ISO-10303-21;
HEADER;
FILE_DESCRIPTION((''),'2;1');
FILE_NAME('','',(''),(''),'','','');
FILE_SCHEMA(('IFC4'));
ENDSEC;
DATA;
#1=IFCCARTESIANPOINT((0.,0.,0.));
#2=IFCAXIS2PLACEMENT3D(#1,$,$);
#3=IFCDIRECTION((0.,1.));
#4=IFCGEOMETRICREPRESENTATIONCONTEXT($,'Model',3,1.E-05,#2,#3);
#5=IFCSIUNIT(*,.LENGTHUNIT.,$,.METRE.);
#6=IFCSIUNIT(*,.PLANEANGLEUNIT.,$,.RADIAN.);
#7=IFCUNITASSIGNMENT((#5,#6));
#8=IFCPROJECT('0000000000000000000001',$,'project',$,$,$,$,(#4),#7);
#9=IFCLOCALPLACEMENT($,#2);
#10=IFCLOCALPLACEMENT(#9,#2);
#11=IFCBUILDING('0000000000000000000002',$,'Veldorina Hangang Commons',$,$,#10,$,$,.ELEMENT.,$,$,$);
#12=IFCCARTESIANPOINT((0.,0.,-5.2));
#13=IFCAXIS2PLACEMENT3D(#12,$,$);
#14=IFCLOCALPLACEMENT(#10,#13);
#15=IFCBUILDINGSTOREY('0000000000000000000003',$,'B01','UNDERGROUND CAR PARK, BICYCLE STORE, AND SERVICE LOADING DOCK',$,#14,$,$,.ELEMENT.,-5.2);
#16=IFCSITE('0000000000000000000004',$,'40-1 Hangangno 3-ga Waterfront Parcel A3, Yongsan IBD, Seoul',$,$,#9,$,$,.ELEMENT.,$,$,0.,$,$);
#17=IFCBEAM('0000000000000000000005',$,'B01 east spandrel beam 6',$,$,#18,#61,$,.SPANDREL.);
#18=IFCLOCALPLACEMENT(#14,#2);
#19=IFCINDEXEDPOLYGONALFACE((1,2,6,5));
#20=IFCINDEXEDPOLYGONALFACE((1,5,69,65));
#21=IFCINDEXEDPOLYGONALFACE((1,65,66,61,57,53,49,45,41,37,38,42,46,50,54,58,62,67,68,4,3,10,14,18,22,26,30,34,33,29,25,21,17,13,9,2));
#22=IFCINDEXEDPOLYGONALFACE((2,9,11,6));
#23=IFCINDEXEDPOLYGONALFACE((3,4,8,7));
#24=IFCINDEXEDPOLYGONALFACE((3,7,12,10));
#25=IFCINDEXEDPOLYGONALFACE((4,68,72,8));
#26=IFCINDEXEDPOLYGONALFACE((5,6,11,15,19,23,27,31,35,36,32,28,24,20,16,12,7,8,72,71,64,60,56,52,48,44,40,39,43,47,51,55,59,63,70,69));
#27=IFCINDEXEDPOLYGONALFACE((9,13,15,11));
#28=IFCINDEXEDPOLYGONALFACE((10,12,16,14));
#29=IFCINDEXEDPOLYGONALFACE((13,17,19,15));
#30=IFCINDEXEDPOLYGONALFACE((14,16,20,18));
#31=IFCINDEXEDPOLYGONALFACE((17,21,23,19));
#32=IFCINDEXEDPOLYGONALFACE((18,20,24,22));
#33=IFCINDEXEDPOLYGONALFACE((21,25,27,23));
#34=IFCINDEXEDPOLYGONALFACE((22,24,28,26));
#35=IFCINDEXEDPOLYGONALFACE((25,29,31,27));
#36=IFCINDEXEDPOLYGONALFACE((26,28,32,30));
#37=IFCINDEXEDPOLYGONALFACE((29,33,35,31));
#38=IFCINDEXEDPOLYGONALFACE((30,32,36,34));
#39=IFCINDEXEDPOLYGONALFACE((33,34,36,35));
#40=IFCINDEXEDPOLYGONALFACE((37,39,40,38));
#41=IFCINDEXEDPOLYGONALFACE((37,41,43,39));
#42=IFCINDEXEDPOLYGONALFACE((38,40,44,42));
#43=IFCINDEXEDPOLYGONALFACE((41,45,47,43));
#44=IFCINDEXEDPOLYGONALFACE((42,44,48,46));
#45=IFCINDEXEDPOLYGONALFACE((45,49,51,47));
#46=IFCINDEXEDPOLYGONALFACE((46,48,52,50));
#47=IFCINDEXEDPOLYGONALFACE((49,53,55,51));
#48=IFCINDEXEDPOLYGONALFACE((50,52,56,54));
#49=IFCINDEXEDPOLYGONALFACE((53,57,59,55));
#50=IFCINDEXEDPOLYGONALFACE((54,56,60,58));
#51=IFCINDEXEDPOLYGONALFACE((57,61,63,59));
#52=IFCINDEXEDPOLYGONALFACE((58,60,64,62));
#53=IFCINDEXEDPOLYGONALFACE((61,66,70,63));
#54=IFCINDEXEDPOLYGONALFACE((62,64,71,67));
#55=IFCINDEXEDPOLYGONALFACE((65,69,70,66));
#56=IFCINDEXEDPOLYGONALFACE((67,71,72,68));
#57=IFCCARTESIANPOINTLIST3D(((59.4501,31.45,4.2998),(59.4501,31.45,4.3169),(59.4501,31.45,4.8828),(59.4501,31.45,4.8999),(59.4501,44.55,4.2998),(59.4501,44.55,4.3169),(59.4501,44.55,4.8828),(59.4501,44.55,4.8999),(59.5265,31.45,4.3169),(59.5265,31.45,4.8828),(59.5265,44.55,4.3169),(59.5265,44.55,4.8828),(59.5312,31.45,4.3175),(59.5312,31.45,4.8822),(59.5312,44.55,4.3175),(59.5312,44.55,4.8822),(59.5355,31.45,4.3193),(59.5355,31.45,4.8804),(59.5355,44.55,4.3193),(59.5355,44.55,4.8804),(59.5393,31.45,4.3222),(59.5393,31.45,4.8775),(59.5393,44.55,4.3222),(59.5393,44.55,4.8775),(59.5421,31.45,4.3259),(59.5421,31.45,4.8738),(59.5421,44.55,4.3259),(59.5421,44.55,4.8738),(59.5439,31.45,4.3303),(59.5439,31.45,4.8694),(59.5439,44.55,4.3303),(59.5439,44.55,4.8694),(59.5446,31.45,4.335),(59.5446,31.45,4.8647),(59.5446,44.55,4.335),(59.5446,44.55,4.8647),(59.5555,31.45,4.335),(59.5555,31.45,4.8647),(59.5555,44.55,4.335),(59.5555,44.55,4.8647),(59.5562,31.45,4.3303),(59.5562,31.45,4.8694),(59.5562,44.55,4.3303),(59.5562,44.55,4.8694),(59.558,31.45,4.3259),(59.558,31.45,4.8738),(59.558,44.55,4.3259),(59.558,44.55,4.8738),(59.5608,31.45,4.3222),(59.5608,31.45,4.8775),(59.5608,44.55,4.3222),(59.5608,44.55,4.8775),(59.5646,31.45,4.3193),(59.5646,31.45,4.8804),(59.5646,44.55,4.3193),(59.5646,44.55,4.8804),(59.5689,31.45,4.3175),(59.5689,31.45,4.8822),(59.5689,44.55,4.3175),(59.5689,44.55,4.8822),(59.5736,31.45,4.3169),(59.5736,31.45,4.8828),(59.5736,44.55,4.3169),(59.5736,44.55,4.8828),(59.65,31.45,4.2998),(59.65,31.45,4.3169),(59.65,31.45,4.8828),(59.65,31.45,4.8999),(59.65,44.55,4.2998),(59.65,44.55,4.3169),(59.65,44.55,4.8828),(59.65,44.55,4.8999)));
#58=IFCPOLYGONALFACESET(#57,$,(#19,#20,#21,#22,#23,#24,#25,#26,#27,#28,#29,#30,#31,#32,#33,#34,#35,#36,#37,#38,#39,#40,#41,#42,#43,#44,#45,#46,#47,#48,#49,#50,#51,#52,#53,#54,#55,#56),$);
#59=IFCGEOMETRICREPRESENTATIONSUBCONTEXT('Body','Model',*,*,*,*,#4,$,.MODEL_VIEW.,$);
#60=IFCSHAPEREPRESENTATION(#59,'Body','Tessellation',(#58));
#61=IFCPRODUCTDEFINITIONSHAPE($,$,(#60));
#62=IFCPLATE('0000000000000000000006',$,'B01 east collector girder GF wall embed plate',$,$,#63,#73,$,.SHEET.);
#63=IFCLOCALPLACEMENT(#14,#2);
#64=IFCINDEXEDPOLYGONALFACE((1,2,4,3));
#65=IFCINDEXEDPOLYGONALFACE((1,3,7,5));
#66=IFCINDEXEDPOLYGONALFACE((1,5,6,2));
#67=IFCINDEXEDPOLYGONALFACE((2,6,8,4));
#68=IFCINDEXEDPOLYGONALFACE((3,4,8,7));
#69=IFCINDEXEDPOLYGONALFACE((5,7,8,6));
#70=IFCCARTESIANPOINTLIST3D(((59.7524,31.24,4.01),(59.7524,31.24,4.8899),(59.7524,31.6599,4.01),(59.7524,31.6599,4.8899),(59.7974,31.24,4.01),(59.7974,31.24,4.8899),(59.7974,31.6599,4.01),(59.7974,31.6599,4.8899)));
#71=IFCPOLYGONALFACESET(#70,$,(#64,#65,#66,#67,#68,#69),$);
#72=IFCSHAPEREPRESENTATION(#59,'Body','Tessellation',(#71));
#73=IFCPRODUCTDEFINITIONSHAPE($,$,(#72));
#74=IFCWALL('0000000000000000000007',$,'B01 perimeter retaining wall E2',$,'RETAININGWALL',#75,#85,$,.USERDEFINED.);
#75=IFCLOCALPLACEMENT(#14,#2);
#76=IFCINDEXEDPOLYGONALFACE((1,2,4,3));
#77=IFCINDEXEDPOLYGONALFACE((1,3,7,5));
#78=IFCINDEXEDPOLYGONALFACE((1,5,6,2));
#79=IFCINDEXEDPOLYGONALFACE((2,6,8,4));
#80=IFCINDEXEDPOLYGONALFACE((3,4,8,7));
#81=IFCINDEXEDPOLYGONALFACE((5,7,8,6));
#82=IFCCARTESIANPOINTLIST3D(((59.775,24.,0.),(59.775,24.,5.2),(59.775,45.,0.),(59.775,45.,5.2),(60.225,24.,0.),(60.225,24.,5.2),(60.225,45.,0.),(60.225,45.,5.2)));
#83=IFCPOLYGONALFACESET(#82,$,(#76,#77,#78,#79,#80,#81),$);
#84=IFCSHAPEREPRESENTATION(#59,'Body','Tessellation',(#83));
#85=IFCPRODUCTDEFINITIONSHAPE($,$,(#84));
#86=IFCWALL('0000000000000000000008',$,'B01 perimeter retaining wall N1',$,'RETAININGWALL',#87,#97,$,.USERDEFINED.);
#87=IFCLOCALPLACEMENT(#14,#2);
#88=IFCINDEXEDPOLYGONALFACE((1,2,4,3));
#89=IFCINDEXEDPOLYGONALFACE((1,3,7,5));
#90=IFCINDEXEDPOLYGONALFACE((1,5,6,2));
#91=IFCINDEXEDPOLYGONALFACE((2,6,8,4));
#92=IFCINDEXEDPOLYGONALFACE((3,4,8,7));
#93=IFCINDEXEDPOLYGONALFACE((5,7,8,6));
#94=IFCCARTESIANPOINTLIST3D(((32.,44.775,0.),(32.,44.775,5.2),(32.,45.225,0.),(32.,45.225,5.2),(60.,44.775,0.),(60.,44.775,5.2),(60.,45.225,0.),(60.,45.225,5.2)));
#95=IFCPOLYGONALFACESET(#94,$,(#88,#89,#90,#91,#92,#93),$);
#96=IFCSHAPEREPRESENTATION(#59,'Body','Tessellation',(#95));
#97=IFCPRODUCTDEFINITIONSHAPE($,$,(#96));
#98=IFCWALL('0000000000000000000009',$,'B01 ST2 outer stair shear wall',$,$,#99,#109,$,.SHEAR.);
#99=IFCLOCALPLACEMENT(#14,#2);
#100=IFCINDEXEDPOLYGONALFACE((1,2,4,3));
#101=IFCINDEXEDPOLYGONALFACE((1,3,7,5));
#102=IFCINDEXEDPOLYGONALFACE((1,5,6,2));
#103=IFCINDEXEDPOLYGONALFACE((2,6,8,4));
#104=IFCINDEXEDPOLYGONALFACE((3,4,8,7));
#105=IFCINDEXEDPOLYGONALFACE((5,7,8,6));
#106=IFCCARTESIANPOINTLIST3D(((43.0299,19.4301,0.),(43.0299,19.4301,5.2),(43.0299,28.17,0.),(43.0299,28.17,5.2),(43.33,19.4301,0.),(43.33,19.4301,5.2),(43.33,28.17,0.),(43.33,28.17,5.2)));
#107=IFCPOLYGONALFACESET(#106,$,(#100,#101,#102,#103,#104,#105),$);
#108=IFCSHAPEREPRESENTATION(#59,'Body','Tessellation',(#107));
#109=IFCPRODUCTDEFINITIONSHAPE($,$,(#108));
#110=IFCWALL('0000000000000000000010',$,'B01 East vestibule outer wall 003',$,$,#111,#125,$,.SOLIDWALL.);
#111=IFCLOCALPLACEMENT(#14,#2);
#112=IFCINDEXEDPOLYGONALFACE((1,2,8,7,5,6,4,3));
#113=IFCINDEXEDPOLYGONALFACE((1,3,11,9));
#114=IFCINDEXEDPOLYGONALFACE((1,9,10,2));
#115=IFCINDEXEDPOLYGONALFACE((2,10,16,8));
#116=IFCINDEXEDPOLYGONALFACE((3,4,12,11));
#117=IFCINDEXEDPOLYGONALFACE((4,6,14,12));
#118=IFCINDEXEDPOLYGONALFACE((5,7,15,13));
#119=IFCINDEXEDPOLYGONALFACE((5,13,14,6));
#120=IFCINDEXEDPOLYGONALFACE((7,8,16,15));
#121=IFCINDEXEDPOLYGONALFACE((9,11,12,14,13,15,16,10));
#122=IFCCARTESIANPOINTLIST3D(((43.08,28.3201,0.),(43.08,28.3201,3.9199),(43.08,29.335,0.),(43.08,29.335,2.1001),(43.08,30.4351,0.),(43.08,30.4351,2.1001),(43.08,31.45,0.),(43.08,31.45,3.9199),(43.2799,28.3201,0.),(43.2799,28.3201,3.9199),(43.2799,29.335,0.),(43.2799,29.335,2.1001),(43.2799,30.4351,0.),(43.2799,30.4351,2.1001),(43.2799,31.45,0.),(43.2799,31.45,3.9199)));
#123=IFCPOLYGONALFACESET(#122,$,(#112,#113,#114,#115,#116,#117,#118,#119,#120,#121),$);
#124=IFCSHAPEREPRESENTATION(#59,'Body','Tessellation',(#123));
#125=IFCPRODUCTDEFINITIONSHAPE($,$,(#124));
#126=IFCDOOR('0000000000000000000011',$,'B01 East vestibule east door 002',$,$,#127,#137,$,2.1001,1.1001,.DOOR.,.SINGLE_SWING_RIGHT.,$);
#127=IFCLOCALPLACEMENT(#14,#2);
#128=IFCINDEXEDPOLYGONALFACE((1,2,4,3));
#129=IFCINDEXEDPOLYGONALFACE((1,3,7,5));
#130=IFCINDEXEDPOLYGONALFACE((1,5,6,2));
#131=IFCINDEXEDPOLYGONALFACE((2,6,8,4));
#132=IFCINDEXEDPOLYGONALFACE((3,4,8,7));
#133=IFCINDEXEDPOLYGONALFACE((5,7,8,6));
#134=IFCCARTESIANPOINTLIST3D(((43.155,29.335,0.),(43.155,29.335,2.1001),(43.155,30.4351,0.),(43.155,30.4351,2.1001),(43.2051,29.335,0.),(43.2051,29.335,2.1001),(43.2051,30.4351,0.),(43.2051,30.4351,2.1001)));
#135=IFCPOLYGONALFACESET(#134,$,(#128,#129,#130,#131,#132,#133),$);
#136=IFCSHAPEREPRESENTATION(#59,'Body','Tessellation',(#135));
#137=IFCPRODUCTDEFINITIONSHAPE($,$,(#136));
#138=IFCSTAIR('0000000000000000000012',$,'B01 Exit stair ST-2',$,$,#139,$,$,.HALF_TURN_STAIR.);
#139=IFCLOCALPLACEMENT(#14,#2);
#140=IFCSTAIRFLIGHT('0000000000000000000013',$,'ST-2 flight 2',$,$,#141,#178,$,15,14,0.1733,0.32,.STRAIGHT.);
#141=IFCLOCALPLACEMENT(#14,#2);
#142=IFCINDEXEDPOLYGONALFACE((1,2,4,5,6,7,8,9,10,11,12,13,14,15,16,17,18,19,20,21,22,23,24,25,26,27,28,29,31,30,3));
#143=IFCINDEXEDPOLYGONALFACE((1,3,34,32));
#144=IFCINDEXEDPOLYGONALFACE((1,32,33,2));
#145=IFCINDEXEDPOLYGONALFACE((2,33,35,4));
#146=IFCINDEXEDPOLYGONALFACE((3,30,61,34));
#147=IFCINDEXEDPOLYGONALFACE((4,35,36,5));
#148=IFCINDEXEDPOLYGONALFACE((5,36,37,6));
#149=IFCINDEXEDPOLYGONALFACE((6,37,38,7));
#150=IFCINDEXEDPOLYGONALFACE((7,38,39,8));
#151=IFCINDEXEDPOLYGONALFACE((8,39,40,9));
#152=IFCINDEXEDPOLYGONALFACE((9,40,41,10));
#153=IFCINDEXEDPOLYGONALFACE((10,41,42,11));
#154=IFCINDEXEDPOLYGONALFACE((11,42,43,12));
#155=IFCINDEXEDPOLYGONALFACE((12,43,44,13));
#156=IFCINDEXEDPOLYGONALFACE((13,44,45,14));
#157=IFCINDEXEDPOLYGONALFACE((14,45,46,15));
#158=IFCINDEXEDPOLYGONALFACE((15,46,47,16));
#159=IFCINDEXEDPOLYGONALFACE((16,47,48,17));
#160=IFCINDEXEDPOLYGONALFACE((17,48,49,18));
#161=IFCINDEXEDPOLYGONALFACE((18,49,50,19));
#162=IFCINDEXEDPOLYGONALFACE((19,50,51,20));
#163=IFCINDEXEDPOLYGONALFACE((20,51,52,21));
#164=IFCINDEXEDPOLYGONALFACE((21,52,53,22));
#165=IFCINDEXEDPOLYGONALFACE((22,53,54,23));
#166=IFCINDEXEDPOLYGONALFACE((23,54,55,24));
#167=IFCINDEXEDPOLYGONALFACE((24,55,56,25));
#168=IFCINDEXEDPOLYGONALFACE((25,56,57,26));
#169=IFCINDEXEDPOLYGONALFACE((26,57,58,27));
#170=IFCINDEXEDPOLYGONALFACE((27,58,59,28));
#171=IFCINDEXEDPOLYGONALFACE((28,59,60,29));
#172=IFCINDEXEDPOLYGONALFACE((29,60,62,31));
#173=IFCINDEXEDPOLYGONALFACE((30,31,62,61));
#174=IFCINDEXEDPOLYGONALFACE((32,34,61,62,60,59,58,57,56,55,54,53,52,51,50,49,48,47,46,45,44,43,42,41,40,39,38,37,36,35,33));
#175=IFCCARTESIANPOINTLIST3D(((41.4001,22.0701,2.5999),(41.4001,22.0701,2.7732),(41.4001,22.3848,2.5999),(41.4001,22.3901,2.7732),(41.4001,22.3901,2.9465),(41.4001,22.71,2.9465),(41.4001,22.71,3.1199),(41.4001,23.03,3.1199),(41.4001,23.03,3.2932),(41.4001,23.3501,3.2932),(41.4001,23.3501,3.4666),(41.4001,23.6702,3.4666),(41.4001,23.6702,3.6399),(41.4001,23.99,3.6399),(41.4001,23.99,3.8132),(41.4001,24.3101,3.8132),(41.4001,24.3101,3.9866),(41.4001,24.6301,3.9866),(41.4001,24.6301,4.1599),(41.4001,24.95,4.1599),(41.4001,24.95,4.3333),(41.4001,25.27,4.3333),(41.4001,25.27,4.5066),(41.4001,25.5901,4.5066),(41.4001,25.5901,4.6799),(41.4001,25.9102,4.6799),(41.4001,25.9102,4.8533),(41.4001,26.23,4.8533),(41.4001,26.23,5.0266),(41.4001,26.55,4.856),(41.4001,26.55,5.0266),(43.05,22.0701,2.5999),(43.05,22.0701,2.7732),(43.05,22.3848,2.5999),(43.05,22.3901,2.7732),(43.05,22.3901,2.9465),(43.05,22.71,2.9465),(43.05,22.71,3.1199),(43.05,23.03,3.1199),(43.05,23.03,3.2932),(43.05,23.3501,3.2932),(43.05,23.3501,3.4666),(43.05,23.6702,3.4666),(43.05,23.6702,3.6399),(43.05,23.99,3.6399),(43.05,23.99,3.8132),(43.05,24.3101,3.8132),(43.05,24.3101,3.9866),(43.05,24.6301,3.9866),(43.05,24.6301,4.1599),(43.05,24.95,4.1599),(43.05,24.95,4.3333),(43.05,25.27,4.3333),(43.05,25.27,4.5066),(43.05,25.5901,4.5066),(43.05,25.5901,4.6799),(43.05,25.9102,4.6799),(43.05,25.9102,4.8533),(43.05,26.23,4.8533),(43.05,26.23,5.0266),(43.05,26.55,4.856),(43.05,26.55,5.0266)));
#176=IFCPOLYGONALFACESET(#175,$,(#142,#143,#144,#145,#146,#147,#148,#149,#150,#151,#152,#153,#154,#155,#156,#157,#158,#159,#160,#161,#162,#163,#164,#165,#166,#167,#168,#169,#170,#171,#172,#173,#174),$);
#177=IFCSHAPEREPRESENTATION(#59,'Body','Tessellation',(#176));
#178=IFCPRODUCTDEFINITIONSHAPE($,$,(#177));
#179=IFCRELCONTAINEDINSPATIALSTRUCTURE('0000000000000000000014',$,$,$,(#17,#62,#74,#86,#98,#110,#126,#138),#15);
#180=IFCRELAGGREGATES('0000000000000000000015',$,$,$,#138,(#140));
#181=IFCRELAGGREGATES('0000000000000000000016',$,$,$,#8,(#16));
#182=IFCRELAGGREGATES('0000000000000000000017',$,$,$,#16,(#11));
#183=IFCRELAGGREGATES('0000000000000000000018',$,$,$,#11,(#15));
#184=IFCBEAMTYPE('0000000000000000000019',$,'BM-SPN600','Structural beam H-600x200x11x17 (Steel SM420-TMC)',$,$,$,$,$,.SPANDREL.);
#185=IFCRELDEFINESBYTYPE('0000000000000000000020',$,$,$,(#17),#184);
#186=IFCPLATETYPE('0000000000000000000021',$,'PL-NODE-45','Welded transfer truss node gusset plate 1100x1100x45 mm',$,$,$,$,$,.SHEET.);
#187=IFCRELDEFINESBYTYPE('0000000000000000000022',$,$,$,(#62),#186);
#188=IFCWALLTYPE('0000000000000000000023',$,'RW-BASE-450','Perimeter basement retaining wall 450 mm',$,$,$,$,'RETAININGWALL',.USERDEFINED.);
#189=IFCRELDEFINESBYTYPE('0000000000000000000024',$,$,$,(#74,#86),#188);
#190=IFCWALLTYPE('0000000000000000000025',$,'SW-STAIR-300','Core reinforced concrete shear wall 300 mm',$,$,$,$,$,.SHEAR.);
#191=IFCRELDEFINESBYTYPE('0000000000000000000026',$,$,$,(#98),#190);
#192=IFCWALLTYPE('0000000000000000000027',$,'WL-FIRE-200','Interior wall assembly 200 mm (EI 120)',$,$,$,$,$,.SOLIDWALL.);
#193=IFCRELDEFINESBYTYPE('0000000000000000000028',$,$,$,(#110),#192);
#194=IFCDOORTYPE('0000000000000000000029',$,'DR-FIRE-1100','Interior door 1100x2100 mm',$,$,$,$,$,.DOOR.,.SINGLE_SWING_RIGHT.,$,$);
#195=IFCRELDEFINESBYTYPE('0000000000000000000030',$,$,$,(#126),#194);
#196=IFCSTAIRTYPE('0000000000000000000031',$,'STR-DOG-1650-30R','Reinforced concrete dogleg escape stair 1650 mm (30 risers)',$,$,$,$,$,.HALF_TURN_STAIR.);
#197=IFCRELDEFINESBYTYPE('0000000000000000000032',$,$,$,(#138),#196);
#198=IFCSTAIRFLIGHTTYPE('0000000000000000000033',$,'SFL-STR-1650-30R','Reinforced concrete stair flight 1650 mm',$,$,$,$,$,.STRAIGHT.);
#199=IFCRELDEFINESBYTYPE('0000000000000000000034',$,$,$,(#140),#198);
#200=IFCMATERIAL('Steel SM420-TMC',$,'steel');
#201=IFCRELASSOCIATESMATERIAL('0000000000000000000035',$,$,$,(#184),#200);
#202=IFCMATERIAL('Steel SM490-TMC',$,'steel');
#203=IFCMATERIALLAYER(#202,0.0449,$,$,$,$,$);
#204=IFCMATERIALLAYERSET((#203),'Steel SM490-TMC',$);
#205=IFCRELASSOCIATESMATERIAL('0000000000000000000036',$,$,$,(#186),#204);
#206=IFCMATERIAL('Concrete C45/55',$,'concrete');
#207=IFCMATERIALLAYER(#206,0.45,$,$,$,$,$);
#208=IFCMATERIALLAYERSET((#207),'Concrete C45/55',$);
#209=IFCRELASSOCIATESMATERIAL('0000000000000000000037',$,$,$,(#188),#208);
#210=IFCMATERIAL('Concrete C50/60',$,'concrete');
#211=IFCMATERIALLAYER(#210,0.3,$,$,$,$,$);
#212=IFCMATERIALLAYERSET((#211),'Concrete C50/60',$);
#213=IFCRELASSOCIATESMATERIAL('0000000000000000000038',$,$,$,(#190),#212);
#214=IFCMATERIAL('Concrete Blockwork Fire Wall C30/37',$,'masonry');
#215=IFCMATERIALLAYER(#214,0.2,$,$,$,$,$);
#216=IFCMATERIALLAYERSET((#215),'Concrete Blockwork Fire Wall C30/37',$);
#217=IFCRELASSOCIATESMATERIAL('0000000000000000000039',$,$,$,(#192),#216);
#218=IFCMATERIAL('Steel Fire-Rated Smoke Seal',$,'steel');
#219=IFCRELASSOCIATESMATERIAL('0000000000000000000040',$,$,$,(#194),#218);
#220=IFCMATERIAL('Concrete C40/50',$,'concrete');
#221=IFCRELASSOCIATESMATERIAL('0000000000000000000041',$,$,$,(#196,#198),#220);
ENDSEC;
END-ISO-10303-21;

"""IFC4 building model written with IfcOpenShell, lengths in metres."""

from ifc_helpers import new_model, si_unit, direction, frame, frame_2d, origin, origin_2d, place, context, subcontext, project, spatial, polyline, rectangle, i_section, outline, extrude, material, layer, layer_set, material_profile, profile_set, type_object, element, fill, aggregate, save


model = new_model("IFC4")

# Units and contexts
model_context = context("Model", 3, precision=1e-05, world=origin(), true_north=direction((0.0, 1.0)))
body_context = subcontext(model_context, "Body", "Model", "MODEL_VIEW")
ifc_project = project(units=[si_unit("LENGTHUNIT", "METRE"), si_unit("PLANEANGLEUNIT", "RADIAN")], contexts=[model_context])

# Site, building, storey
site_placement = place(None, origin())
site = spatial("IfcSite", under=ifc_project, at=site_placement, Name="40-1 Hangangno 3-ga Waterfront Parcel A3, Yongsan IBD, Seoul", CompositionType="ELEMENT", RefElevation=0.0)
building_placement = place(site_placement, origin())
building = spatial("IfcBuilding", under=site, at=building_placement, Name="Veldorina Hangang Commons", CompositionType="ELEMENT")
storey_placement = place(building_placement, frame((0.0, 0.0, -5.2)))
storey = spatial("IfcBuildingStorey", under=building, at=storey_placement, Name="B01", Description="UNDERGROUND CAR PARK, BICYCLE STORE, AND SERVICE LOADING DOCK", CompositionType="ELEMENT", Elevation=-5.2)

# Shared definitions
ifc_material_1 = material(Name="Concrete C50/60", Category="concrete")

# Beam
ifc_material_2 = material(Name="Steel SM420-TMC", Category="steel")
ifc_material_profile_1 = material_profile(ifc_material_2, i_section(OverallWidth=0.2, OverallDepth=0.6001, WebThickness=0.011, FlangeThickness=0.0171, FilletRadius=0.0181, at=origin_2d()), Name="H-600x200x11x17")
ifc_profile_set_1 = profile_set([ifc_material_profile_1], Name="Steel SM420-TMC")
beam_type_1 = type_object("IfcBeamType", Name="BM-SPN600", Description="Structural beam H-600x200x11x17 (Steel SM420-TMC)", PredefinedType="SPANDREL", material=ifc_profile_set_1)
beam_1_placement = place(storey_placement, frame((59.55, 31.45, 4.5999), z_axis=(0.0, 1.0, 0.0), x_axis=(-1.0, 0.0, 0.0)))
element("IfcBeam", 1, at=beam_1_placement, inside=storey, type_object=beam_type_1, Name="B01 east spandrel beam 6", PredefinedType="SPANDREL", context=body_context, shape_type="SweptSolid", body=[
    extrude(i_section(OverallWidth=0.2, OverallDepth=0.6001, WebThickness=0.011, FlangeThickness=0.0171, FilletRadius=0.0181, at=origin_2d()), origin(), (0.0, 0.0, 1.0), 13.1001),
])

# Plate
ifc_material_3 = material(Name="Steel SM490-TMC", Category="steel")
ifc_layer_1 = layer(ifc_material_3, 0.0449)
ifc_layer_set_1 = layer_set([ifc_layer_1], Name="Steel SM490-TMC")
plate_type = type_object("IfcPlateType", Name="PL-NODE-45", Description="Welded transfer truss node gusset plate 1100x1100x45 mm", PredefinedType="SHEET", material=ifc_layer_set_1)
plate_placement = place(storey_placement, frame((59.7749, 31.45, 4.01), z_axis=(0.0, 0.0, 1.0), x_axis=(1.0, 0.0, 0.0)))
element("IfcPlate", 2, at=plate_placement, inside=storey, type_object=plate_type, Name="B01 east collector girder GF wall embed plate", PredefinedType="SHEET", context=body_context, shape_type="SweptSolid", body=[
    extrude(rectangle(XDim=0.0449, YDim=0.4199, at=origin_2d()), origin(), (0.0, 0.0, 1.0), 0.8799),
])

# Walls
ifc_material_4 = material(Name="Concrete C45/55", Category="concrete")
ifc_layer_2 = layer(ifc_material_4, 0.45)
ifc_layer_set_2 = layer_set([ifc_layer_2], Name="Concrete C45/55")
wall_type_1 = type_object("IfcWallType", Name="RW-BASE-450", Description="Perimeter basement retaining wall 450 mm", ElementType="RETAININGWALL", PredefinedType="USERDEFINED", material=ifc_layer_set_2)
wall_1_placement = place(storey_placement, frame((60.0, 24.0, 0.0), z_axis=(0.0, 0.0, 1.0), x_axis=(0.0, 1.0, 0.0)))
element("IfcWall", 3, at=wall_1_placement, inside=storey, type_object=wall_type_1, Name="B01 perimeter retaining wall E2", ObjectType="RETAININGWALL", PredefinedType="USERDEFINED", context=body_context, shape_type="SweptSolid", body=[
    extrude(rectangle(XDim=21.0, YDim=0.45, at=frame_2d((10.5, 0.0))), origin(), (0.0, 0.0, 1.0), 5.2),
])
wall_2_placement = place(storey_placement, frame((60.0, 45.0, 0.0), z_axis=(0.0, 0.0, 1.0), x_axis=(-1.0, 0.0, 0.0)))
element("IfcWall", 4, at=wall_2_placement, inside=storey, type_object=wall_type_1, Name="B01 perimeter retaining wall N1", ObjectType="RETAININGWALL", PredefinedType="USERDEFINED", context=body_context, shape_type="SweptSolid", body=[
    extrude(rectangle(XDim=28.0, YDim=0.45, at=frame_2d((14.0, 0.0))), origin(), (0.0, 0.0, 1.0), 5.2),
])
ifc_layer_3 = layer(ifc_material_1, 0.3)
ifc_layer_set_3 = layer_set([ifc_layer_3], Name="Concrete C50/60")
wall_type_2 = type_object("IfcWallType", Name="SW-STAIR-300", Description="Core reinforced concrete shear wall 300 mm", PredefinedType="SHEAR", material=ifc_layer_set_3)
wall_3_placement = place(storey_placement, frame((43.1799, 19.4299, 0.0), z_axis=(0.0, 0.0, 1.0), x_axis=(0.0, 1.0, 0.0)))
element("IfcWall", 5, at=wall_3_placement, inside=storey, type_object=wall_type_2, Name="B01 ST2 outer stair shear wall", PredefinedType="SHEAR", context=body_context, shape_type="SweptSolid", body=[
    extrude(rectangle(XDim=8.74, YDim=0.3, at=frame_2d((4.3701, 0.0))), origin(), (0.0, 0.0, 1.0), 5.2),
])

# Wall, opening, door
ifc_material_5 = material(Name="Concrete Blockwork Fire Wall C30/37", Category="masonry")
ifc_layer_4 = layer(ifc_material_5, 0.2)
ifc_layer_set_4 = layer_set([ifc_layer_4], Name="Concrete Blockwork Fire Wall C30/37")
wall_type_3 = type_object("IfcWallType", Name="WL-FIRE-200", Description="Interior wall assembly 200 mm (EI 120)", PredefinedType="SOLIDWALL", material=ifc_layer_set_4)
wall_4_placement = place(storey_placement, frame((43.1799, 28.3201, 0.0), z_axis=(0.0, 0.0, 1.0), x_axis=(0.0, 1.0, 0.0)))
wall_4 = element("IfcWall", 6, at=wall_4_placement, inside=storey, type_object=wall_type_3, Name="B01 East vestibule outer wall 003", PredefinedType="SOLIDWALL", context=body_context, shape_type="SweptSolid", body=[
    extrude(rectangle(XDim=3.1299, YDim=0.2, at=frame_2d((1.5649, 0.0))), origin(), (0.0, 0.0, 1.0), 3.9199),
])
opening_placement = place(wall_4_placement, frame((1.0149, 0.0, 0.0)))
opening = element("IfcOpeningElement", 7, at=opening_placement, cuts=wall_4, PredefinedType="OPENING", context=body_context, shape_type="SweptSolid", body=[
    extrude(rectangle(XDim=1.1001, YDim=2.1001, at=frame_2d((0.55, 1.05))), frame((0.0, 0.1099, 0.0), z_axis=(0.0, -1.0, 0.0), x_axis=(1.0, 0.0, 0.0)), (0.0, 0.0, 1.0), 0.22),
])
ifc_material_6 = material(Name="Steel Fire-Rated Smoke Seal", Category="steel")
door_type = type_object("IfcDoorType", Name="DR-FIRE-1100", Description="Interior door 1100x2100 mm", OperationType="SINGLE_SWING_RIGHT", PredefinedType="DOOR", material=ifc_material_6)
door_placement = place(opening_placement, origin())
door = element("IfcDoor", 8, at=door_placement, inside=storey, type_object=door_type, Name="B01 East vestibule east door 002", OperationType="SINGLE_SWING_RIGHT", OverallHeight=2.1001, OverallWidth=1.1001, PredefinedType="DOOR", context=body_context, shape_type="SweptSolid", body=[
    extrude(rectangle(XDim=1.1001, YDim=2.1001, at=frame_2d((0.55, 1.05))), frame((0.0, 0.0249, 0.0), z_axis=(0.0, -1.0, 0.0), x_axis=(1.0, 0.0, 0.0)), (0.0, 0.0, 1.0), 0.05),
])
fill(opening, door)

# Stair, stair flight
ifc_material_7 = material(Name="Concrete C40/50", Category="concrete")
stair_type = type_object("IfcStairType", Name="STR-DOG-1650-30R", Description="Reinforced concrete dogleg escape stair 1650 mm (30 risers)", PredefinedType="HALF_TURN_STAIR", material=ifc_material_7)
stair_placement = place(storey_placement, origin())
stair = element("IfcStair", 9, at=stair_placement, inside=storey, type_object=stair_type, Name="B01 Exit stair ST-2", PredefinedType="HALF_TURN_STAIR")
stair_flight_type = type_object("IfcStairFlightType", Name="SFL-STR-1650-30R", Description="Reinforced concrete stair flight 1650 mm", PredefinedType="STRAIGHT", material=ifc_material_7)
stair_flight_placement = place(storey_placement, frame((42.2251, 22.0701, 2.5999), z_axis=(0.0, 0.0, 1.0), x_axis=(0.0, 1.0, 0.0)))
stair_flight = element("IfcStairFlight", 10, at=stair_flight_placement, type_object=stair_flight_type, Name="ST-2 flight 2", NumberOfRisers=15, NumberOfTreads=14, PredefinedType="STRAIGHT", RiserHeight=0.1733, TreadLength=0.32, context=body_context, shape_type="SweptSolid", body=[
    extrude(outline(polyline([(0.0, 0.0), (0.0, 0.1733), (0.3201, 0.1733), (0.3201, 0.3467), (0.6399, 0.3467), (0.6399, 0.52), (0.96, 0.52), (0.96, 0.6934), (1.28, 0.6934), (1.28, 0.8667), (1.6001, 0.8667), (1.6001, 1.04), (1.9199, 1.04), (1.9199, 1.2134), (2.24, 1.2134), (2.24, 1.3867), (2.5601, 1.3867), (2.5601, 1.5601), (2.8799, 1.5601), (2.8799, 1.7334), (3.2, 1.7334), (3.2, 1.9067), (3.52, 1.9067), (3.52, 2.0801), (3.8401, 2.0801), (3.8401, 2.2534), (4.1599, 2.2534), (4.1599, 2.4268), (4.48, 2.4268), (4.48, 2.6001), (4.48, 2.2561), (0.3147, 0.0), (0.0, 0.0)])), frame((0.0, 0.825, 0.0), z_axis=(0.0, -1.0, 0.0), x_axis=(1.0, 0.0, 0.0)), (0.0, 0.0, 1.0), 1.6499),
])
aggregate(stair, [stair_flight])

save(model, "model.ifc")
